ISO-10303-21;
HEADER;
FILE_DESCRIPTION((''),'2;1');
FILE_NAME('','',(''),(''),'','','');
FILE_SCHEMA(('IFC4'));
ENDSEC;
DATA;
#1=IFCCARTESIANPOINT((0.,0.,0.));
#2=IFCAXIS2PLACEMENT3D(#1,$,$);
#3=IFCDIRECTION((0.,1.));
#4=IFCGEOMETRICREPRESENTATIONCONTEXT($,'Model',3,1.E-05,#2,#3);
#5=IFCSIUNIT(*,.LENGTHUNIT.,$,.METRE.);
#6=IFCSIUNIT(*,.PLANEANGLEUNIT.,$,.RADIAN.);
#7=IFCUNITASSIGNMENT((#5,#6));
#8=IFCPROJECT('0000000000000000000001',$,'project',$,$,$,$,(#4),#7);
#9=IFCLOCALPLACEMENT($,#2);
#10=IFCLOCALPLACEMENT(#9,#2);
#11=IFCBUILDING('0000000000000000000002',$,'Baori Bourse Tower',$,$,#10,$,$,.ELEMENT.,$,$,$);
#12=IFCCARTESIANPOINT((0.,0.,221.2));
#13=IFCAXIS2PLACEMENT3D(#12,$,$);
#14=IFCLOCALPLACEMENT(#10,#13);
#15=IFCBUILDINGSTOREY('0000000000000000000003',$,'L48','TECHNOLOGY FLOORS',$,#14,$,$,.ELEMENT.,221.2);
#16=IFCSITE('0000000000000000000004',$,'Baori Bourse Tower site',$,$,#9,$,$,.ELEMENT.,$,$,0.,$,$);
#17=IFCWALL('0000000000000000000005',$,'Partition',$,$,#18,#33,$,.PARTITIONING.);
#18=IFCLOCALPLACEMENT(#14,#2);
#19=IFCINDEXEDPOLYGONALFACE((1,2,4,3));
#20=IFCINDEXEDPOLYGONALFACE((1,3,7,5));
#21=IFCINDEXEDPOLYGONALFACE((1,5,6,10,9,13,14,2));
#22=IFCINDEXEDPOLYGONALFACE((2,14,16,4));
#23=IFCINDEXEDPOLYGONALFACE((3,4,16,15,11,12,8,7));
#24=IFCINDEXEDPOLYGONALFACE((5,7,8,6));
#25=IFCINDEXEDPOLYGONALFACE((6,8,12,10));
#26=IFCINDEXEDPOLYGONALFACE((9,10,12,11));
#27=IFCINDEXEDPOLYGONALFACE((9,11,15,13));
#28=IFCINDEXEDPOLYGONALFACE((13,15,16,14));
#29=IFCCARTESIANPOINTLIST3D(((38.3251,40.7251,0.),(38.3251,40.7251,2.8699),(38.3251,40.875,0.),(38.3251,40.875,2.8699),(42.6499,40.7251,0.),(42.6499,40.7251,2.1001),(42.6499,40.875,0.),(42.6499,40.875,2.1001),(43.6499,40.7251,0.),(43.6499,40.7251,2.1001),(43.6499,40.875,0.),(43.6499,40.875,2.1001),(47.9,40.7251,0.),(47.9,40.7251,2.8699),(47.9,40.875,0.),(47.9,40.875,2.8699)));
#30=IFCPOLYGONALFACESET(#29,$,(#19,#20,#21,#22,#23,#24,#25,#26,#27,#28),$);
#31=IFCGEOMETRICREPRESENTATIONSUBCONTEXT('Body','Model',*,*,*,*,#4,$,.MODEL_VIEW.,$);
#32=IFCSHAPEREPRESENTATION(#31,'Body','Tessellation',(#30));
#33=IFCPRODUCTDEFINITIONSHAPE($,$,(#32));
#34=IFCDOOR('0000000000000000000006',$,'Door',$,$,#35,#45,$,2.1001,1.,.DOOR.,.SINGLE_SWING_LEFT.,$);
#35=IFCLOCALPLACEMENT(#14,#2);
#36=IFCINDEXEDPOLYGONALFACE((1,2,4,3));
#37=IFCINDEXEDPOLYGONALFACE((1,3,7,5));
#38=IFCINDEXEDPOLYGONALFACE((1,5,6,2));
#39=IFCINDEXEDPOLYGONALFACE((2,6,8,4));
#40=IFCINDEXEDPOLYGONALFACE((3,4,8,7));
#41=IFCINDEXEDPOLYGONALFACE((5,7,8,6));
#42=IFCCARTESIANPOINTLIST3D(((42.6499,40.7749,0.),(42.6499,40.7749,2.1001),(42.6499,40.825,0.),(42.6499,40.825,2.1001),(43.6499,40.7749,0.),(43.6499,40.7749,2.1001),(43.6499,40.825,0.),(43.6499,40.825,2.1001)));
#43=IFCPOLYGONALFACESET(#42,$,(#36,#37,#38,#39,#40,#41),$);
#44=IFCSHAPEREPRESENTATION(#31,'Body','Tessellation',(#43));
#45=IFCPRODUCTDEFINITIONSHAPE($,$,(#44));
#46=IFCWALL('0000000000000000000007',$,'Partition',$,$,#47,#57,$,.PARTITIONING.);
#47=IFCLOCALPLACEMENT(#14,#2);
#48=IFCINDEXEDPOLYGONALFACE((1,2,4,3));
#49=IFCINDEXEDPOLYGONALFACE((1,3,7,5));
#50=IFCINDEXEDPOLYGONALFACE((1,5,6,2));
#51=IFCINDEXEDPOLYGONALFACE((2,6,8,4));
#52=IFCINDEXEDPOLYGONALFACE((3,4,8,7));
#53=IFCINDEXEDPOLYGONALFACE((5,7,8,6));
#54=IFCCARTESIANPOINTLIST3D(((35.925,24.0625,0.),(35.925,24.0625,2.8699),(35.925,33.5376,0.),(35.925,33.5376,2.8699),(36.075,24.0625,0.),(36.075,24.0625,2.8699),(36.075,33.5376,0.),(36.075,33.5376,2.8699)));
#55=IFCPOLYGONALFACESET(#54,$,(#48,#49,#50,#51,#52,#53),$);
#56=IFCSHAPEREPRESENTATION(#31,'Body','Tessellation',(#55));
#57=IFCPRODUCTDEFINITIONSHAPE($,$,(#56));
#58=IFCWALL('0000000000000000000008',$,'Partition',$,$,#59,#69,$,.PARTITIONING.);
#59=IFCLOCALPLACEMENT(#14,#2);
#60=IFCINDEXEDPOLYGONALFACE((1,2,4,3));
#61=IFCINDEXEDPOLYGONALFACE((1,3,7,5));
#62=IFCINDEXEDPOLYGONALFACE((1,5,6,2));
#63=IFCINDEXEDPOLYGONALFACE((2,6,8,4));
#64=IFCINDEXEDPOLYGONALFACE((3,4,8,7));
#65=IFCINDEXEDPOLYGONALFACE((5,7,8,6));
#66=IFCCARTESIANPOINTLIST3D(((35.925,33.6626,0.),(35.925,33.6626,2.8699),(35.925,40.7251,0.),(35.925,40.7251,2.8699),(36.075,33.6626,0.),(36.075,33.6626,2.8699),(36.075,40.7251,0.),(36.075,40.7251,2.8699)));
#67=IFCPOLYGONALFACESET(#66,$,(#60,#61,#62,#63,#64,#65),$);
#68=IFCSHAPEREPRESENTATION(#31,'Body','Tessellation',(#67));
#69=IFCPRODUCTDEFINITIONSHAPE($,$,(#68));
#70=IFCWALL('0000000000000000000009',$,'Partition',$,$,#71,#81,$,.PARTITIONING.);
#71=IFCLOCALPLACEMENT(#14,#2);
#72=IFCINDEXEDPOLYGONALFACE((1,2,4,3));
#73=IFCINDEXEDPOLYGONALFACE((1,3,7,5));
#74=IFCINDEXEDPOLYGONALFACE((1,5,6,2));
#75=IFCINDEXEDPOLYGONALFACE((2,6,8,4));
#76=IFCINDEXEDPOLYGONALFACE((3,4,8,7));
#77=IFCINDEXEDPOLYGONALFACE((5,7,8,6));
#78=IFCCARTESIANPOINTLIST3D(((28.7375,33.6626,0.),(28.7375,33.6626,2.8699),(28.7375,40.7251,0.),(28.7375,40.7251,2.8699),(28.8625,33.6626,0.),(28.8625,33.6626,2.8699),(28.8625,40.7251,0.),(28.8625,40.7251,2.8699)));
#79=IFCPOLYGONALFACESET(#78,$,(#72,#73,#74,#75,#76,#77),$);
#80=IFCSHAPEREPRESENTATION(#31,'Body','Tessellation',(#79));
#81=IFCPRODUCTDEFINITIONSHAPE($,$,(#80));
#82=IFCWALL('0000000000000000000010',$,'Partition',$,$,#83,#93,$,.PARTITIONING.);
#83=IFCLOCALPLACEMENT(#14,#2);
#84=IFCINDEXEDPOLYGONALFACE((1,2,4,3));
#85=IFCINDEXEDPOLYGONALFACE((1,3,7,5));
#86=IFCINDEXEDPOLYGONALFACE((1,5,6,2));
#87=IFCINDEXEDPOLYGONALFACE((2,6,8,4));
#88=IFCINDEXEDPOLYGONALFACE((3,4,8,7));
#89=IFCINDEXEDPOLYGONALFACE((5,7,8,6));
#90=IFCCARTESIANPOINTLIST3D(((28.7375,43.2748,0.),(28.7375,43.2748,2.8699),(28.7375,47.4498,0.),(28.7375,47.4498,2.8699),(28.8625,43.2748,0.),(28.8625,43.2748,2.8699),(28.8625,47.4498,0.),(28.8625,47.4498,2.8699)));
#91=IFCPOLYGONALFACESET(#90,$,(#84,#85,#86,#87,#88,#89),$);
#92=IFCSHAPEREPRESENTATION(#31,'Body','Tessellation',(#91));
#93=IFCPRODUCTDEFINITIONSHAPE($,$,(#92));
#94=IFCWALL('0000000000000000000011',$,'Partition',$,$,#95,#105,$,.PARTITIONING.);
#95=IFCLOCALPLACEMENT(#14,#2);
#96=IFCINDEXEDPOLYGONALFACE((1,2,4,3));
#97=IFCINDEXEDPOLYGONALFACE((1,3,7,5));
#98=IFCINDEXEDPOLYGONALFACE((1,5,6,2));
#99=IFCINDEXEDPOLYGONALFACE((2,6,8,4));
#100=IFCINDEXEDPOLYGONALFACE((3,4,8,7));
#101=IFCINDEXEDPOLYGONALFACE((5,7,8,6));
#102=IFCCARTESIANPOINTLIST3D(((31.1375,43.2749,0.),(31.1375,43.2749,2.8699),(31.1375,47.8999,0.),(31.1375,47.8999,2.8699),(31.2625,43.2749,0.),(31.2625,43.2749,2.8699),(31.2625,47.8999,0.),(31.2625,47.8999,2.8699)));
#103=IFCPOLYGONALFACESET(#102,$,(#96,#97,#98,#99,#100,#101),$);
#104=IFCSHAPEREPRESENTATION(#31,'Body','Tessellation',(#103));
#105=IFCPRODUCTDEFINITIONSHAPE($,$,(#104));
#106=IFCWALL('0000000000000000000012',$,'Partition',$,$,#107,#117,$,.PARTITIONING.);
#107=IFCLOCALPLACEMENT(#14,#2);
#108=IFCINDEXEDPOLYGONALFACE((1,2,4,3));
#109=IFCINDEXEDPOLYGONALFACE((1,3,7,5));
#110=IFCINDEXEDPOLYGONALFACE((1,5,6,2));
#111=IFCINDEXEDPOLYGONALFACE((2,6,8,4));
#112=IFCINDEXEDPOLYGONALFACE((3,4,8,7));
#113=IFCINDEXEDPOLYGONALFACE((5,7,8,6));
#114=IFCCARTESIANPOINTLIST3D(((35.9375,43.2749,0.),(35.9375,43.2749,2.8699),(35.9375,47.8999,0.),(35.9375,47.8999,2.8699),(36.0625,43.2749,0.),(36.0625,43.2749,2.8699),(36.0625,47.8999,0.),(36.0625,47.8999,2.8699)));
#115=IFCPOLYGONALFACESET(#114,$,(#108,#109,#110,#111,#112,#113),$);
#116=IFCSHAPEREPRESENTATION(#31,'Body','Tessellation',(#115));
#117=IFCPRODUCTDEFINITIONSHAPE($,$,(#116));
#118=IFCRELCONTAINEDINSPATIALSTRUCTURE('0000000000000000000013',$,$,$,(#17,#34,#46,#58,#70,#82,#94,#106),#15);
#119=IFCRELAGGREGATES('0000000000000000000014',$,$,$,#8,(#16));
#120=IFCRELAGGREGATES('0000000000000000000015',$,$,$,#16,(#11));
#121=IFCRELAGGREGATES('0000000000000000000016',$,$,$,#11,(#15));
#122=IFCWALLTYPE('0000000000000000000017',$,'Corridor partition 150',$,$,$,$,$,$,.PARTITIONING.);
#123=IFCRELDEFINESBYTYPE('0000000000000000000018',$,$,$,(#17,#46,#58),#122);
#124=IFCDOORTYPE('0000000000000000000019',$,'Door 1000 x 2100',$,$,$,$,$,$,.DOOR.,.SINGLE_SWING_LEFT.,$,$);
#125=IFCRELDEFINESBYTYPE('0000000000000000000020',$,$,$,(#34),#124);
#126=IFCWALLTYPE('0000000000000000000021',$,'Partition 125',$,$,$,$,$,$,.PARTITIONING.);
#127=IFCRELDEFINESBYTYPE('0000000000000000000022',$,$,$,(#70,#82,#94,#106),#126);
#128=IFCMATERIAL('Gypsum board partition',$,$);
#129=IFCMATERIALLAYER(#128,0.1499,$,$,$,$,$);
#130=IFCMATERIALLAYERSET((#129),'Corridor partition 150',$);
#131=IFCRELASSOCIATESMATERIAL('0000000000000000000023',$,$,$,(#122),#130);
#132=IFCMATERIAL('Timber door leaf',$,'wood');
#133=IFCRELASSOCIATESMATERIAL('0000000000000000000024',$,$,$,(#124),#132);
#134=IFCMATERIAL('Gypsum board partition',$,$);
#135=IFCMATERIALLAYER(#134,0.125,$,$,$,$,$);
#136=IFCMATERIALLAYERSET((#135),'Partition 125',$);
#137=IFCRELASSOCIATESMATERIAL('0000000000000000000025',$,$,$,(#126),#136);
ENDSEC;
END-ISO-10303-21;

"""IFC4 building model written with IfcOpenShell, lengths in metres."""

from ifc_helpers import new_model, si_unit, direction, frame, frame_2d, origin, place, context, subcontext, project, spatial, rectangle, extrude, material, layer, layer_set, type_object, element, fill, save


model = new_model("IFC4")

# Units and contexts
model_context = context("Model", 3, precision=1e-05, world=origin(), true_north=direction((0.0, 1.0)))
body_context = subcontext(model_context, "Body", "Model", "MODEL_VIEW")
ifc_project = project(units=[si_unit("LENGTHUNIT", "METRE"), si_unit("PLANEANGLEUNIT", "RADIAN")], contexts=[model_context])

# Site, building, storey
site_placement = place(None, origin())
site = spatial("IfcSite", under=ifc_project, at=site_placement, Name="Baori Bourse Tower site", CompositionType="ELEMENT", RefElevation=0.0)
building_placement = place(site_placement, origin())
building = spatial("IfcBuilding", under=site, at=building_placement, Name="Baori Bourse Tower", CompositionType="ELEMENT")
storey_placement = place(building_placement, frame((0.0, 0.0, 221.2)))
storey = spatial("IfcBuildingStorey", under=building, at=storey_placement, Name="L48", Description="TECHNOLOGY FLOORS", CompositionType="ELEMENT", Elevation=221.2)

# Wall, opening, door
ifc_material_1 = material(Name="Gypsum board partition")
ifc_layer_1 = layer(ifc_material_1, 0.1499)
ifc_layer_set_1 = layer_set([ifc_layer_1], Name="Corridor partition 150")
wall_type_1 = type_object("IfcWallType", Name="Corridor partition 150", PredefinedType="PARTITIONING", material=ifc_layer_set_1)
wall_1_placement = place(storey_placement, frame((38.325, 40.8, 0.0), z_axis=(0.0, 0.0, 1.0), x_axis=(1.0, 0.0, 0.0)))
wall_1 = element("IfcWall", 1, at=wall_1_placement, inside=storey, type_object=wall_type_1, Name="Partition", PredefinedType="PARTITIONING", context=body_context, shape_type="SweptSolid", body=[
    extrude(rectangle(XDim=9.575, YDim=0.1499, at=frame_2d((4.7876, 0.0))), origin(), (0.0, 0.0, 1.0), 2.8699),
])
opening_placement = place(wall_1_placement, frame((4.325, 0.0, 0.0)))
opening = element("IfcOpeningElement", 2, at=opening_placement, cuts=wall_1, PredefinedType="OPENING", context=body_context, shape_type="SweptSolid", body=[
    extrude(rectangle(XDim=1.0, YDim=2.1001, at=frame_2d((0.5, 1.05))), frame((0.0, 0.085, 0.0), z_axis=(0.0, -1.0, 0.0), x_axis=(1.0, 0.0, 0.0)), (0.0, 0.0, 1.0), 0.1699),
])
ifc_material_2 = material(Name="Timber door leaf", Category="wood")
door_type = type_object("IfcDoorType", Name="Door 1000 x 2100", OperationType="SINGLE_SWING_LEFT", PredefinedType="DOOR", material=ifc_material_2)
door_placement = place(opening_placement, origin())
door = element("IfcDoor", 3, at=door_placement, inside=storey, type_object=door_type, Name="Door", OperationType="SINGLE_SWING_LEFT", OverallHeight=2.1001, OverallWidth=1.0, PredefinedType="DOOR", context=body_context, shape_type="SweptSolid", body=[
    extrude(rectangle(XDim=1.0, YDim=2.1001, at=frame_2d((0.5, 1.05))), frame((0.0, 0.0249, 0.0), z_axis=(0.0, -1.0, 0.0), x_axis=(1.0, 0.0, 0.0)), (0.0, 0.0, 1.0), 0.05),
])
fill(opening, door)

# Walls
wall_2_placement = place(storey_placement, frame((36.0, 24.0625, 0.0), z_axis=(0.0, 0.0, 1.0), x_axis=(0.0, 1.0, 0.0)))
element("IfcWall", 4, at=wall_2_placement, inside=storey, type_object=wall_type_1, Name="Partition", PredefinedType="PARTITIONING", context=body_context, shape_type="SweptSolid", body=[
    extrude(rectangle(XDim=9.4751, YDim=0.1499, at=frame_2d((4.7375, 0.0))), origin(), (0.0, 0.0, 1.0), 2.8699),
])
wall_3_placement = place(storey_placement, frame((36.0, 33.6626, 0.0), z_axis=(0.0, 0.0, 1.0), x_axis=(0.0, 1.0, 0.0)))
element("IfcWall", 5, at=wall_3_placement, inside=storey, type_object=wall_type_1, Name="Partition", PredefinedType="PARTITIONING", context=body_context, shape_type="SweptSolid", body=[
    extrude(rectangle(XDim=7.0625, YDim=0.1499, at=frame_2d((3.5312, 0.0))), origin(), (0.0, 0.0, 1.0), 2.8699),
])
ifc_material_3 = material(Name="Gypsum board partition")
ifc_layer_2 = layer(ifc_material_3, 0.125)
ifc_layer_set_2 = layer_set([ifc_layer_2], Name="Partition 125")
wall_type_2 = type_object("IfcWallType", Name="Partition 125", PredefinedType="PARTITIONING", material=ifc_layer_set_2)
wall_4_placement = place(storey_placement, frame((28.8, 33.6626, 0.0), z_axis=(0.0, 0.0, 1.0), x_axis=(0.0, 1.0, 0.0)))
element("IfcWall", 6, at=wall_4_placement, inside=storey, type_object=wall_type_2, Name="Partition", PredefinedType="PARTITIONING", context=body_context, shape_type="SweptSolid", body=[
    extrude(rectangle(XDim=7.0625, YDim=0.125, at=frame_2d((3.5312, 0.0))), origin(), (0.0, 0.0, 1.0), 2.8699),
])
wall_5_placement = place(storey_placement, frame((28.8, 43.2749, 0.0), z_axis=(0.0, 0.0, 1.0), x_axis=(0.0, 1.0, 0.0)))
element("IfcWall", 7, at=wall_5_placement, inside=storey, type_object=wall_type_2, Name="Partition", PredefinedType="PARTITIONING", context=body_context, shape_type="SweptSolid", body=[
    extrude(rectangle(XDim=4.175, YDim=0.125, at=frame_2d((2.0874, 0.0))), origin(), (0.0, 0.0, 1.0), 2.8699),
])
for number, where, z_axis, x_axis, name in (
    (8, (31.2, 43.2749, 0.0), (0.0, 0.0, 1.0), (0.0, 1.0, 0.0), "Partition"),
    (9, (36.0, 43.2749, 0.0), (0.0, 0.0, 1.0), (0.0, 1.0, 0.0), "Partition"),
):
    element("IfcWall", number, at=place(storey_placement, frame(where, z_axis=z_axis, x_axis=x_axis)), inside=storey, type_object=wall_type_2, Name=name, PredefinedType="PARTITIONING", context=body_context, shape_type="SweptSolid", body=[
        extrude(rectangle(XDim=4.625, YDim=0.125, at=frame_2d((2.3125, 0.0))), origin(), (0.0, 0.0, 1.0), 2.8699),
    ])

save(model, "model.ifc")
